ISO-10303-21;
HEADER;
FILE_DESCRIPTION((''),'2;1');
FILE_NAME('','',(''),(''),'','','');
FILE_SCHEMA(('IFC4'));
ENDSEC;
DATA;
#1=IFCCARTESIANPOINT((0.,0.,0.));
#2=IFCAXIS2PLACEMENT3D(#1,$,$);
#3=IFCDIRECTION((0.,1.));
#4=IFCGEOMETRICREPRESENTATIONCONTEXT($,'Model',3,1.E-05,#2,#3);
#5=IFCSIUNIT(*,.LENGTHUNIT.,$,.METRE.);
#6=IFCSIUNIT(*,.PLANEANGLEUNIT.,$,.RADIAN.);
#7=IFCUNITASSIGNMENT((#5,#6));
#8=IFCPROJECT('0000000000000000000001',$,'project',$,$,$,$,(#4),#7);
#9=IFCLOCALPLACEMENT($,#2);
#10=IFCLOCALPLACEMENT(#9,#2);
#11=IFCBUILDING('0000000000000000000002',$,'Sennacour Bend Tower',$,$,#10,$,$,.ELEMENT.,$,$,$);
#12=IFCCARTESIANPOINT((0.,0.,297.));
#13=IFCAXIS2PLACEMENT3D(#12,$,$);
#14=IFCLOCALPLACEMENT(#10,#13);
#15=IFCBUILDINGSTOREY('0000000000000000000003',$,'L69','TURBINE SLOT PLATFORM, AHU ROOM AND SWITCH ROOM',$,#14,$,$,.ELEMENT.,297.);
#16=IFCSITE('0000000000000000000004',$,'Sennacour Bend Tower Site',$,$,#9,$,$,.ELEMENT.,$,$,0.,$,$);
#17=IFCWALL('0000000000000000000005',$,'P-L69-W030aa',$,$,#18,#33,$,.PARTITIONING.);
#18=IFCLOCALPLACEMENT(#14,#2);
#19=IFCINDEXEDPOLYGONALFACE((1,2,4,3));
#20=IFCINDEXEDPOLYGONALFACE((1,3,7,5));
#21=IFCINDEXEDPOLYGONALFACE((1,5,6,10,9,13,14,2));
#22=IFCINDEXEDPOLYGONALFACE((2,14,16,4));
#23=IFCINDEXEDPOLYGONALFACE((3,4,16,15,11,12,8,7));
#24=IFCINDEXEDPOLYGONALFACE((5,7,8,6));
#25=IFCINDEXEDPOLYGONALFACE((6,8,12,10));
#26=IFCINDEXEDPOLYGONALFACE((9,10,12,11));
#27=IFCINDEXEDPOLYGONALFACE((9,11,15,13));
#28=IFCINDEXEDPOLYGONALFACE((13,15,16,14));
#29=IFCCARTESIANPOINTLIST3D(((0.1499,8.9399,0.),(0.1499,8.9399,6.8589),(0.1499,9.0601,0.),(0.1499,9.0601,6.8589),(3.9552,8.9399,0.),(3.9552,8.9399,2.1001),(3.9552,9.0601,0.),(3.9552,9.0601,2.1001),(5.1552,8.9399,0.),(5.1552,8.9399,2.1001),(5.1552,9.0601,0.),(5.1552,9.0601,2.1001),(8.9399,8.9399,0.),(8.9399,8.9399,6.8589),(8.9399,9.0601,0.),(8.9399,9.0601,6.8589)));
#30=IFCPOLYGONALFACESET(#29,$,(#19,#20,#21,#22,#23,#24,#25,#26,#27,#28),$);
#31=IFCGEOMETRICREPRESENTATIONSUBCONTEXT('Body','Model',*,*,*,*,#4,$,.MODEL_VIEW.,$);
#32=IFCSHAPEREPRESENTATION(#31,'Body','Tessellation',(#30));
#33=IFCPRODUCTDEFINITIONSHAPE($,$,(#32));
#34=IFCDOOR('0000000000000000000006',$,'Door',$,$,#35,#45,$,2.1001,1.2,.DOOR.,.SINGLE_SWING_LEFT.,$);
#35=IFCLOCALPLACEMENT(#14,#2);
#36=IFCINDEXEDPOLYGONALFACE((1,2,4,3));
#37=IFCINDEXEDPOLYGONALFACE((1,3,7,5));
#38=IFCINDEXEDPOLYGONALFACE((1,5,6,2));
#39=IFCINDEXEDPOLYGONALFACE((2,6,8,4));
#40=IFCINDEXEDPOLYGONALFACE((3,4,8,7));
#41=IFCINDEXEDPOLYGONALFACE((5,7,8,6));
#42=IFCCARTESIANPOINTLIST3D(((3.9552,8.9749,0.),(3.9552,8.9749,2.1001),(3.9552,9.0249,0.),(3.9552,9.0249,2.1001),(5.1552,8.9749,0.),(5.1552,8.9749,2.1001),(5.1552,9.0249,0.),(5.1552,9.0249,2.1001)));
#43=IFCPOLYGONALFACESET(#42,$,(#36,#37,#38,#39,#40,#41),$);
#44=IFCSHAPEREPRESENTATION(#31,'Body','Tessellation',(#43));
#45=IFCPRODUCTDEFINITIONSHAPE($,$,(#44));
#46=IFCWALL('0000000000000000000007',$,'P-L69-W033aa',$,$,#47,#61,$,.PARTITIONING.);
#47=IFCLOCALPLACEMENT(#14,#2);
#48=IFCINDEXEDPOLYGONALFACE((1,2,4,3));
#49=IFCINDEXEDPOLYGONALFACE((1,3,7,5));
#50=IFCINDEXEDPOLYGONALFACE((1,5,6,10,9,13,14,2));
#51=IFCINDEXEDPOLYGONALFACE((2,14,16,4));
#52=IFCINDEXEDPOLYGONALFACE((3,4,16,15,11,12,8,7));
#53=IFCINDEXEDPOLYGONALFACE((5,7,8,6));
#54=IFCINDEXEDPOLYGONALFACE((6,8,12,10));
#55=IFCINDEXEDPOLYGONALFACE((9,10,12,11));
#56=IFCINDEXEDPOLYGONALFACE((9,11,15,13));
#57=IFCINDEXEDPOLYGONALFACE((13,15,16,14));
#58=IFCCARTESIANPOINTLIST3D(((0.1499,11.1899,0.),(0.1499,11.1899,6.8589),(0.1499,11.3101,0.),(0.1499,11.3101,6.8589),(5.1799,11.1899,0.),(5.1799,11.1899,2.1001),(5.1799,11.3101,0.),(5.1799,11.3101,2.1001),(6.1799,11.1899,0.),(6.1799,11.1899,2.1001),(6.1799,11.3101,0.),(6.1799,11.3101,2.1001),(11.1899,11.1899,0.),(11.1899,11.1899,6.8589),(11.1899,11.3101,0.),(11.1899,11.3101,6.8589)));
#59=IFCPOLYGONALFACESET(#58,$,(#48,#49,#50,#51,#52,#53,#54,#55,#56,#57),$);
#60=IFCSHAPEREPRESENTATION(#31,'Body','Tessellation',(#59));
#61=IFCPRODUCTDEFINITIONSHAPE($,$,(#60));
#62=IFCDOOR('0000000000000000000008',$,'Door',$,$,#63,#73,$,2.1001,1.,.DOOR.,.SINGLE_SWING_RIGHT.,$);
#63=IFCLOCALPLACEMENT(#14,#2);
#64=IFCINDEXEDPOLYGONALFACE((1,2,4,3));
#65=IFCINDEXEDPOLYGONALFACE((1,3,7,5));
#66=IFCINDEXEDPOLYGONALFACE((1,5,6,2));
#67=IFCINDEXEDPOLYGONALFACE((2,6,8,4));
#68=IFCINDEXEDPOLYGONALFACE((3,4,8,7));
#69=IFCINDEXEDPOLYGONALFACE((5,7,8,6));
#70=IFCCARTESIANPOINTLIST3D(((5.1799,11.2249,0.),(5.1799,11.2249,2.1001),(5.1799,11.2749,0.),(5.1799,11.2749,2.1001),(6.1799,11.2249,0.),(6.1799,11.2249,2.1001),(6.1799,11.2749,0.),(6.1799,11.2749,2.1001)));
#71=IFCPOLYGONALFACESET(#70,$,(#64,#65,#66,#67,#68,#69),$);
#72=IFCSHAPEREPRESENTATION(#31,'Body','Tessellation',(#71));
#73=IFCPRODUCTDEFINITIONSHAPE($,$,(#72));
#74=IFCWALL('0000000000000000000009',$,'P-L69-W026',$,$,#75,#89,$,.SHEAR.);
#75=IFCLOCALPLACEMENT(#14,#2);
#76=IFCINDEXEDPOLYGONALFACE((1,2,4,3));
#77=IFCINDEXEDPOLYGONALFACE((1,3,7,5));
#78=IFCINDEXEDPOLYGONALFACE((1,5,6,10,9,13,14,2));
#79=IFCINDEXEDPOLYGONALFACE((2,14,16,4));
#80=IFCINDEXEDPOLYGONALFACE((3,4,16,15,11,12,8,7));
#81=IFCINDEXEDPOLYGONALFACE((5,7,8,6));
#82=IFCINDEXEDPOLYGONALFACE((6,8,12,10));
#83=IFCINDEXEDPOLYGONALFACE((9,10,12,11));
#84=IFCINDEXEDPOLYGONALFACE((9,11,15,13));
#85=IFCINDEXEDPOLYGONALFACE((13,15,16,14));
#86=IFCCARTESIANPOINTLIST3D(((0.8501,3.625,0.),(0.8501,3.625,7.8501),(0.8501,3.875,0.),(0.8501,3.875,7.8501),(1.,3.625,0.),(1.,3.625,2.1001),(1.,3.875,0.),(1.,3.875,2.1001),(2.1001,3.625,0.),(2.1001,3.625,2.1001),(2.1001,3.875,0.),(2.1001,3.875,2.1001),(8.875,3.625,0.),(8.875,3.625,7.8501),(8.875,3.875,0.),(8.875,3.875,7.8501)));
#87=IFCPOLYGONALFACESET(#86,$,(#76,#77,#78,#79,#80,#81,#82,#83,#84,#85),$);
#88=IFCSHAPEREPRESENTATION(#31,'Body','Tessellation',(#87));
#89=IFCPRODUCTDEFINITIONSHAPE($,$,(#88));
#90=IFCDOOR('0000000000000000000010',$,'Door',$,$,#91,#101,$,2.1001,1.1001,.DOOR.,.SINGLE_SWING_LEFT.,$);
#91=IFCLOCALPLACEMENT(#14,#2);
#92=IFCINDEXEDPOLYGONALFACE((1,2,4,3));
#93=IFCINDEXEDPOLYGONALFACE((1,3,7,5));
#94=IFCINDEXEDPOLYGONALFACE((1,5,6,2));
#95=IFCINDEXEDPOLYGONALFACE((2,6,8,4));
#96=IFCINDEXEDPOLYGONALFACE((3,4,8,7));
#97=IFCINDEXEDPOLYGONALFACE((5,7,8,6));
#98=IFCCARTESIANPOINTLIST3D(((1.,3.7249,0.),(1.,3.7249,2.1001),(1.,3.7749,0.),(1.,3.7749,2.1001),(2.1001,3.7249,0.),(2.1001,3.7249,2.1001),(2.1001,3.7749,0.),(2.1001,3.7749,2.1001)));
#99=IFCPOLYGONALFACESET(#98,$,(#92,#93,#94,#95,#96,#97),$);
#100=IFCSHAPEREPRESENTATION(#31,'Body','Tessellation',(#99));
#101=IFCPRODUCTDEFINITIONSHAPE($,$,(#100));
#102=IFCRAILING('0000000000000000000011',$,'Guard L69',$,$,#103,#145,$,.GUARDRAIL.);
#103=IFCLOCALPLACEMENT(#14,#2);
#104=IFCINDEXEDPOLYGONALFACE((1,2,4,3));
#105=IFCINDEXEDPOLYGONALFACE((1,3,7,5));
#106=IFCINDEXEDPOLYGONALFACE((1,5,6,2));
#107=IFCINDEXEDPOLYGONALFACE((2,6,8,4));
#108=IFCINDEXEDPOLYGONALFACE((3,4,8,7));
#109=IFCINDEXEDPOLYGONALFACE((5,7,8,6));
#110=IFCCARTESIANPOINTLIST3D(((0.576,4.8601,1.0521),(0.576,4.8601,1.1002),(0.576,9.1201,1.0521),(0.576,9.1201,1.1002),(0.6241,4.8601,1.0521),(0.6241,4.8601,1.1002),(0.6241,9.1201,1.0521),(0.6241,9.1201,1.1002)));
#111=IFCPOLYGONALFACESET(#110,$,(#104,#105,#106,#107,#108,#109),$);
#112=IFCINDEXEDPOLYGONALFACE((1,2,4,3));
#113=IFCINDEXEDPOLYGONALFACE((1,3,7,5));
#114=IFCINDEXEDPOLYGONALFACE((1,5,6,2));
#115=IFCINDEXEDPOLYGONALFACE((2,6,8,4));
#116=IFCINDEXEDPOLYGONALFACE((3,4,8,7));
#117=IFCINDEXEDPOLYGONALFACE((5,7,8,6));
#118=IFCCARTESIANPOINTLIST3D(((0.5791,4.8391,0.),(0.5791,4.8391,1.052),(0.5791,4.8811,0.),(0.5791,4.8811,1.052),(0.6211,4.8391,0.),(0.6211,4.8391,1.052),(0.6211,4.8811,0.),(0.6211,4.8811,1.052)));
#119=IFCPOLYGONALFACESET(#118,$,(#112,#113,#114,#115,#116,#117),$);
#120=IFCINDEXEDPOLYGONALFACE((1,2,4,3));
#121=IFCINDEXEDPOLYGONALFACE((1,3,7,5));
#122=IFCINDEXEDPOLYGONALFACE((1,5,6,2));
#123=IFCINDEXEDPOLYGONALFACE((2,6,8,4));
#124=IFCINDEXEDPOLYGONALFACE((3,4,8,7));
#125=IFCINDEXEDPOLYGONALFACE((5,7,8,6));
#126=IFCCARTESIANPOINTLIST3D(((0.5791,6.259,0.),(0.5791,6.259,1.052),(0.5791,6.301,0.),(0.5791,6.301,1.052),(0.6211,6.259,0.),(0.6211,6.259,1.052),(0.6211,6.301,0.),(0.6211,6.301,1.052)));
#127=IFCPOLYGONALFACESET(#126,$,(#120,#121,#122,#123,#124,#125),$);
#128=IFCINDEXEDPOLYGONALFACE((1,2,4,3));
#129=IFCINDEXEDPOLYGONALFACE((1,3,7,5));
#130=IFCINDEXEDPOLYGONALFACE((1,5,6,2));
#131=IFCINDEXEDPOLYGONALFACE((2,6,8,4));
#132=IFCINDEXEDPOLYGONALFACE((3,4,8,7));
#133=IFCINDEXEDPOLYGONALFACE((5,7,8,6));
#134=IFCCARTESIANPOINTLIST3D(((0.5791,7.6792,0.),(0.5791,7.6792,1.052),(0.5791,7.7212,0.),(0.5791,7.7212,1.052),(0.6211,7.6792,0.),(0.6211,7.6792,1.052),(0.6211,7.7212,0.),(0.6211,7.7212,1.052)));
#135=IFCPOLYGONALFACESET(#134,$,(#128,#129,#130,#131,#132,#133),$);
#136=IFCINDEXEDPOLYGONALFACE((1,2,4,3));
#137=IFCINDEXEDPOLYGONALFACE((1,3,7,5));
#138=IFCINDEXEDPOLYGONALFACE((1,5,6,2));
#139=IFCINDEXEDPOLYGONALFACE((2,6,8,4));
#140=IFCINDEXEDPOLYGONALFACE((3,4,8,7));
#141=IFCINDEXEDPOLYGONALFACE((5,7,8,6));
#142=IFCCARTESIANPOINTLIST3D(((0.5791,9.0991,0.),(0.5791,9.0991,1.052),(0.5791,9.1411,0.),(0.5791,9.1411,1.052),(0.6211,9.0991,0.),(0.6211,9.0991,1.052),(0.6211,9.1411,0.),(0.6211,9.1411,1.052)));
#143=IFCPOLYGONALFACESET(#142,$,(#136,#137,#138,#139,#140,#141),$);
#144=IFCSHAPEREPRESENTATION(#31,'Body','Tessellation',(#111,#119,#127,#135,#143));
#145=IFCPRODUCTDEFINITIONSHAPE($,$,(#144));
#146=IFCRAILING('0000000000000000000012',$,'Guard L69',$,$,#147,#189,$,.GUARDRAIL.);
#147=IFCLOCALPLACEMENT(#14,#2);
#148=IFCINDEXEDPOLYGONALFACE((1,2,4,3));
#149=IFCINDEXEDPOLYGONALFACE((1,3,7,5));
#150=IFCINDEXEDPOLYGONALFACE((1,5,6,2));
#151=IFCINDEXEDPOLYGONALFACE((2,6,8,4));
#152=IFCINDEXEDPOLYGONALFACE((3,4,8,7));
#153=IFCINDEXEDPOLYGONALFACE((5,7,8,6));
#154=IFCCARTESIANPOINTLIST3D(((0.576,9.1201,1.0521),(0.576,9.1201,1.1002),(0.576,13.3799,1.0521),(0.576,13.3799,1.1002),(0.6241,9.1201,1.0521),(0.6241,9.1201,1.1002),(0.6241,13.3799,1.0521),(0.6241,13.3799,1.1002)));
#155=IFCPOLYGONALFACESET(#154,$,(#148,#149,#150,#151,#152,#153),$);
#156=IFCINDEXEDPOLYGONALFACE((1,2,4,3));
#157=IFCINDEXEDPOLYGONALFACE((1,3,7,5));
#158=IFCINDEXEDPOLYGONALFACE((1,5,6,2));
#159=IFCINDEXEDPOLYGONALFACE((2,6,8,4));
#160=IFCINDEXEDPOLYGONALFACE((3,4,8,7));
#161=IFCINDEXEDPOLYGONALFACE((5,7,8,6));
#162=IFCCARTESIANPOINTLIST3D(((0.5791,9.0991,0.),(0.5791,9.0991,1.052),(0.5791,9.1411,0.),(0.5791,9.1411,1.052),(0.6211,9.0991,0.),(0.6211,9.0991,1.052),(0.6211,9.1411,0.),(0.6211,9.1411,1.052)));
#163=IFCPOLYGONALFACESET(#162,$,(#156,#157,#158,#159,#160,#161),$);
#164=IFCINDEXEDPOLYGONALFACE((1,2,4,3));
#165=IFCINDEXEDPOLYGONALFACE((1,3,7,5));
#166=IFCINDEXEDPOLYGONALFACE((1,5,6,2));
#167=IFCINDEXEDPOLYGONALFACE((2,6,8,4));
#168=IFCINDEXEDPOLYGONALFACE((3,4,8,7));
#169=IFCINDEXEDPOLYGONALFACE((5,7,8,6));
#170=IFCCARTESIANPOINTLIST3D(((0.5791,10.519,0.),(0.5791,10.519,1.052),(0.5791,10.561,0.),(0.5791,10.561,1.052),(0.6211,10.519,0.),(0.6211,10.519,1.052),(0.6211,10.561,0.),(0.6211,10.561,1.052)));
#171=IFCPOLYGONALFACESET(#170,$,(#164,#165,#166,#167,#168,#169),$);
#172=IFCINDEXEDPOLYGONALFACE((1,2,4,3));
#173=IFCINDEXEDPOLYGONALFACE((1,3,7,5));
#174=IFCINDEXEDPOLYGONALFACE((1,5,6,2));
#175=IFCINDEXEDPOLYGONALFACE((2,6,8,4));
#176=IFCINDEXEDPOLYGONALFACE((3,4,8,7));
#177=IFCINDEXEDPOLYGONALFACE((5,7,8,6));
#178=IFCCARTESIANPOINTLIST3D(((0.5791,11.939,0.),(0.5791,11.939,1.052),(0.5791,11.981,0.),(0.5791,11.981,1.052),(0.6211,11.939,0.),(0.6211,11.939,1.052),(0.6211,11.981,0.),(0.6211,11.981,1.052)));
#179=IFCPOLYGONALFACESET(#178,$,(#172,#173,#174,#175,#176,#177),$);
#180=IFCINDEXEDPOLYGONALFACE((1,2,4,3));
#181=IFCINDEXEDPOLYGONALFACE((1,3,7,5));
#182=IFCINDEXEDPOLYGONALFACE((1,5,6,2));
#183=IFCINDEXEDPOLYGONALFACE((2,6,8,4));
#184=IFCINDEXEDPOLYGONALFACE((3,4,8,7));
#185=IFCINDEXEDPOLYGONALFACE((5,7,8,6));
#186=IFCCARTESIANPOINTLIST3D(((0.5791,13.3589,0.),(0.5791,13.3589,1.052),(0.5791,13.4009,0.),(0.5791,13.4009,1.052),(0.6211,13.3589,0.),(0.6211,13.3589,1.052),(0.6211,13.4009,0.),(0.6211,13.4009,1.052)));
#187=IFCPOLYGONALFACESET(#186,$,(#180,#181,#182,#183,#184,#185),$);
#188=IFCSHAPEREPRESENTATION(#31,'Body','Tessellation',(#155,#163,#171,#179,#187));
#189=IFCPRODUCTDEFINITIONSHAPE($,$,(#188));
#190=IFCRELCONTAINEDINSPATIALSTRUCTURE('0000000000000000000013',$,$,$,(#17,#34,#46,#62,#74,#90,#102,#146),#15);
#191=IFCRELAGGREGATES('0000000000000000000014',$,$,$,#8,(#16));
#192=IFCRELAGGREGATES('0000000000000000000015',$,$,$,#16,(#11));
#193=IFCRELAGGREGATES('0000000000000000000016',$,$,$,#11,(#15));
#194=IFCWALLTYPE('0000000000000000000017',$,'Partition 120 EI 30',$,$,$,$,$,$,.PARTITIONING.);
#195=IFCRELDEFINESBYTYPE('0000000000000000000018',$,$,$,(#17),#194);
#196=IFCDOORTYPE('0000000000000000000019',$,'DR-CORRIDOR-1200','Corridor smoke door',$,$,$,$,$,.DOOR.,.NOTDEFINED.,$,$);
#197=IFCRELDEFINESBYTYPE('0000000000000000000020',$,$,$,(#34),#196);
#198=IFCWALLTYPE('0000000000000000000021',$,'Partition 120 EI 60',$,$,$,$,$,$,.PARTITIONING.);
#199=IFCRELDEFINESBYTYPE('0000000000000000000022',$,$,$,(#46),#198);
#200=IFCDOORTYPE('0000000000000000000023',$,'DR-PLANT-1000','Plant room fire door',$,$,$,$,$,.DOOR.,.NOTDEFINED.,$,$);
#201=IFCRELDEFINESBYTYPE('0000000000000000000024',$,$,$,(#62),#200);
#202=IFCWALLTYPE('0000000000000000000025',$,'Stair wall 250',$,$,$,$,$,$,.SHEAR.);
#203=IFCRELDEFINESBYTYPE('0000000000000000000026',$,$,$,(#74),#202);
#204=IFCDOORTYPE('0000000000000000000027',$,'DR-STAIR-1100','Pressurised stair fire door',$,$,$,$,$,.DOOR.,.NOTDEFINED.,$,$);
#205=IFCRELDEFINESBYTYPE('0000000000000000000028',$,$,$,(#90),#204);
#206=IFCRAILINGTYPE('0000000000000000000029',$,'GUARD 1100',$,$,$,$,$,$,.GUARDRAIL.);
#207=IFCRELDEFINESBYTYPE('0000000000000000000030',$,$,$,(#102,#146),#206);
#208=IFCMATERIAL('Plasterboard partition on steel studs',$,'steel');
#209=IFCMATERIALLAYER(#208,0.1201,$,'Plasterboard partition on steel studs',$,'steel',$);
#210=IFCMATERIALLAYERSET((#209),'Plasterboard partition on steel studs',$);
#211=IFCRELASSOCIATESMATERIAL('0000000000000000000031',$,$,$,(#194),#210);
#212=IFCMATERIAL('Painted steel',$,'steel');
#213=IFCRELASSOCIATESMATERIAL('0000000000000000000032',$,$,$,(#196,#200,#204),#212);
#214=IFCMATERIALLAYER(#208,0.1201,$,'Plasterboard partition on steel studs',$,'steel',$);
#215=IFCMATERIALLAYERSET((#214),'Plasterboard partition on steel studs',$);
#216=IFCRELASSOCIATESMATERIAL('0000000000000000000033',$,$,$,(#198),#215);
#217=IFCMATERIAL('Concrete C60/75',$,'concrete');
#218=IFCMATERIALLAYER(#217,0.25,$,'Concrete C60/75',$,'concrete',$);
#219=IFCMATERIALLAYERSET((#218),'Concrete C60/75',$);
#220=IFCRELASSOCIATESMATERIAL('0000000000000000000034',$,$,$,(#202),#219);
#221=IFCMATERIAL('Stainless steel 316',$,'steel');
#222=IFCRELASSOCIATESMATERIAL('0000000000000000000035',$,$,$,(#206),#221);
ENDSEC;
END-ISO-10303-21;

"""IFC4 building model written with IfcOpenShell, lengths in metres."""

from ifc_helpers import new_model, si_unit, direction, frame, frame_2d, origin, origin_2d, place, context, subcontext, project, spatial, rectangle, extrude, material, layer, layer_set, type_object, element, fill, save


model = new_model("IFC4")

# Units and contexts
model_context = context("Model", 3, precision=1e-05, world=origin(), true_north=direction((0.0, 1.0)))
body_context = subcontext(model_context, "Body", "Model", "MODEL_VIEW")
ifc_project = project(units=[si_unit("LENGTHUNIT", "METRE"), si_unit("PLANEANGLEUNIT", "RADIAN")], contexts=[model_context])

# Site, building, storey
site_placement = place(None, origin())
site = spatial("IfcSite", under=ifc_project, at=site_placement, Name="Sennacour Bend Tower Site", CompositionType="ELEMENT", RefElevation=0.0)
building_placement = place(site_placement, origin())
building = spatial("IfcBuilding", under=site, at=building_placement, Name="Sennacour Bend Tower", CompositionType="ELEMENT")
storey_placement = place(building_placement, frame((0.0, 0.0, 297.0)))
storey = spatial("IfcBuildingStorey", under=building, at=storey_placement, Name="L69", Description="TURBINE SLOT PLATFORM, AHU ROOM AND SWITCH ROOM", CompositionType="ELEMENT", Elevation=297.0)

# Shared definitions
ifc_material_1 = material(Name="Plasterboard partition on steel studs", Category="steel")

# Walls, openings, doors
ifc_layer_1 = layer(ifc_material_1, 0.1201, Name="Plasterboard partition on steel studs", Category="steel")
ifc_layer_set_1 = layer_set([ifc_layer_1], Name="Plasterboard partition on steel studs")
wall_type_1 = type_object("IfcWallType", Name="Partition 120 EI 30", PredefinedType="PARTITIONING", material=ifc_layer_set_1)
wall_1_placement = place(storey_placement, frame((0.1499, 9.0, 0.0), z_axis=(0.0, 0.0, 1.0), x_axis=(1.0, 0.0, 0.0)))
wall_1 = element("IfcWall", 1, at=wall_1_placement, inside=storey, type_object=wall_type_1, Name="P-L69-W030aa", PredefinedType="PARTITIONING", context=body_context, shape_type="SweptSolid", body=[
    extrude(rectangle(XDim=8.79, YDim=0.1201, at=frame_2d((4.395, 0.0))), origin(), (0.0, 0.0, 1.0), 6.8589),
])
opening_1_placement = place(wall_1_placement, frame((3.8052, 0.0, 0.0)))
opening_1 = element("IfcOpeningElement", 2, at=opening_1_placement, cuts=wall_1, PredefinedType="OPENING", context=body_context, shape_type="SweptSolid", body=[
    extrude(rectangle(XDim=1.2, YDim=2.1001, at=frame_2d((0.6001, 1.05))), frame((0.0, 0.0701, 0.0), z_axis=(0.0, -1.0, 0.0), x_axis=(1.0, 0.0, 0.0)), (0.0, 0.0, 1.0), 0.1401),
])
ifc_material_2 = material(Name="Painted steel", Category="steel")
door_type_1 = type_object("IfcDoorType", Name="DR-CORRIDOR-1200", Description="Corridor smoke door", OperationType="NOTDEFINED", PredefinedType="DOOR", material=ifc_material_2)
door_1_placement = place(opening_1_placement, origin())
door_1 = element("IfcDoor", 3, at=door_1_placement, inside=storey, type_object=door_type_1, Name="Door", OperationType="SINGLE_SWING_LEFT", OverallHeight=2.1001, OverallWidth=1.2, PredefinedType="DOOR", context=body_context, shape_type="SweptSolid", body=[
    extrude(rectangle(XDim=1.2, YDim=2.1001, at=frame_2d((0.6001, 1.05))), frame((0.0, 0.0249, 0.0), z_axis=(0.0, -1.0, 0.0), x_axis=(1.0, 0.0, 0.0)), (0.0, 0.0, 1.0), 0.05),
])
fill(opening_1, door_1)
ifc_layer_2 = layer(ifc_material_1, 0.1201, Name="Plasterboard partition on steel studs", Category="steel")
ifc_layer_set_2 = layer_set([ifc_layer_2], Name="Plasterboard partition on steel studs")
wall_type_2 = type_object("IfcWallType", Name="Partition 120 EI 60", PredefinedType="PARTITIONING", material=ifc_layer_set_2)
wall_2_placement = place(storey_placement, frame((0.1499, 11.25, 0.0), z_axis=(0.0, 0.0, 1.0), x_axis=(1.0, 0.0, 0.0)))
wall_2 = element("IfcWall", 4, at=wall_2_placement, inside=storey, type_object=wall_type_2, Name="P-L69-W033aa", PredefinedType="PARTITIONING", context=body_context, shape_type="SweptSolid", body=[
    extrude(rectangle(XDim=11.04, YDim=0.1201, at=frame_2d((5.52, 0.0))), origin(), (0.0, 0.0, 1.0), 6.8589),
])
opening_2_placement = place(wall_2_placement, frame((5.03, 0.0, 0.0)))
opening_2 = element("IfcOpeningElement", 5, at=opening_2_placement, cuts=wall_2, PredefinedType="OPENING", context=body_context, shape_type="SweptSolid", body=[
    extrude(rectangle(XDim=1.0, YDim=2.1001, at=frame_2d((0.5, 1.05))), frame((0.0, 0.0701, 0.0), z_axis=(0.0, -1.0, 0.0), x_axis=(1.0, 0.0, 0.0)), (0.0, 0.0, 1.0), 0.1401),
])
door_type_2 = type_object("IfcDoorType", Name="DR-PLANT-1000", Description="Plant room fire door", OperationType="NOTDEFINED", PredefinedType="DOOR", material=ifc_material_2)
door_2_placement = place(opening_2_placement, origin())
door_2 = element("IfcDoor", 6, at=door_2_placement, inside=storey, type_object=door_type_2, Name="Door", OperationType="SINGLE_SWING_RIGHT", OverallHeight=2.1001, OverallWidth=1.0, PredefinedType="DOOR", context=body_context, shape_type="SweptSolid", body=[
    extrude(rectangle(XDim=1.0, YDim=2.1001, at=frame_2d((0.5, 1.05))), frame((0.0, 0.0249, 0.0), z_axis=(0.0, -1.0, 0.0), x_axis=(1.0, 0.0, 0.0)), (0.0, 0.0, 1.0), 0.05),
])
fill(opening_2, door_2)
ifc_material_3 = material(Name="Concrete C60/75", Category="concrete")
ifc_layer_3 = layer(ifc_material_3, 0.25, Name="Concrete C60/75", Category="concrete")
ifc_layer_set_3 = layer_set([ifc_layer_3], Name="Concrete C60/75")
wall_type_3 = type_object("IfcWallType", Name="Stair wall 250", PredefinedType="SHEAR", material=ifc_layer_set_3)
wall_3_placement = place(storey_placement, frame((0.8501, 3.75, 0.0), z_axis=(0.0, 0.0, 1.0), x_axis=(1.0, 0.0, 0.0)))
wall_3 = element("IfcWall", 7, at=wall_3_placement, inside=storey, type_object=wall_type_3, Name="P-L69-W026", PredefinedType="SHEAR", context=body_context, shape_type="SweptSolid", body=[
    extrude(rectangle(XDim=8.0249, YDim=0.25, at=frame_2d((4.0125, 0.0))), origin(), (0.0, 0.0, 1.0), 7.8501),
])
opening_3_placement = place(wall_3_placement, frame((0.1499, 0.0, 0.0)))
opening_3 = element("IfcOpeningElement", 8, at=opening_3_placement, cuts=wall_3, PredefinedType="OPENING", context=body_context, shape_type="SweptSolid", body=[
    extrude(rectangle(XDim=1.1001, YDim=2.1001, at=frame_2d((0.55, 1.05))), frame((0.0, 0.135, 0.0), z_axis=(0.0, -1.0, 0.0), x_axis=(1.0, 0.0, 0.0)), (0.0, 0.0, 1.0), 0.27),
])
door_type_3 = type_object("IfcDoorType", Name="DR-STAIR-1100", Description="Pressurised stair fire door", OperationType="NOTDEFINED", PredefinedType="DOOR", material=ifc_material_2)
door_3_placement = place(opening_3_placement, origin())
door_3 = element("IfcDoor", 9, at=door_3_placement, inside=storey, type_object=door_type_3, Name="Door", OperationType="SINGLE_SWING_LEFT", OverallHeight=2.1001, OverallWidth=1.1001, PredefinedType="DOOR", context=body_context, shape_type="SweptSolid", body=[
    extrude(rectangle(XDim=1.1001, YDim=2.1001, at=frame_2d((0.55, 1.05))), frame((0.0, 0.0249, 0.0), z_axis=(0.0, -1.0, 0.0), x_axis=(1.0, 0.0, 0.0)), (0.0, 0.0, 1.0), 0.05),
])
fill(opening_3, door_3)

# Railings
ifc_material_4 = material(Name="Stainless steel 316", Category="steel")
railing_type_1 = type_object("IfcRailingType", Name="GUARD 1100", PredefinedType="GUARDRAIL", material=ifc_material_4)
railing_1_placement = place(storey_placement, frame((0.6001, 4.8601, 0.0)))
element("IfcRailing", 10, at=railing_1_placement, inside=storey, type_object=railing_type_1, Name="Guard L69", PredefinedType="GUARDRAIL", context=body_context, shape_type="SweptSolid", body=[
    extrude(rectangle(XDim=0.0481, YDim=0.0481, at=origin_2d()), frame((0.0, 0.0, 1.0762), z_axis=(0.0, 1.0, 0.0), x_axis=(-1.0, 0.0, 0.0)), (0.0, 0.0, 1.0), 4.26),
    extrude(rectangle(XDim=0.042, YDim=0.042, at=origin_2d()), origin(), (0.0, 0.0, 1.0), 1.052),
    extrude(rectangle(XDim=0.042, YDim=0.042, at=origin_2d()), frame((0.0, 1.4199, 0.0)), (0.0, 0.0, 1.0), 1.052),
    extrude(rectangle(XDim=0.042, YDim=0.042, at=origin_2d()), frame((0.0, 2.8401, 0.0)), (0.0, 0.0, 1.0), 1.052),
    extrude(rectangle(XDim=0.042, YDim=0.042, at=origin_2d()), frame((0.0, 4.26, 0.0)), (0.0, 0.0, 1.0), 1.052),
])
railing_2_placement = place(storey_placement, frame((0.6001, 9.1201, 0.0)))
element("IfcRailing", 11, at=railing_2_placement, inside=storey, type_object=railing_type_1, Name="Guard L69", PredefinedType="GUARDRAIL", context=body_context, shape_type="SweptSolid", body=[
    extrude(rectangle(XDim=0.0481, YDim=0.0481, at=origin_2d()), frame((0.0, 0.0, 1.0762), z_axis=(0.0, 1.0, 0.0), x_axis=(-1.0, 0.0, 0.0)), (0.0, 0.0, 1.0), 4.2598),
    extrude(rectangle(XDim=0.042, YDim=0.042, at=origin_2d()), origin(), (0.0, 0.0, 1.0), 1.052),
    extrude(rectangle(XDim=0.042, YDim=0.042, at=origin_2d()), frame((0.0, 1.4199, 0.0)), (0.0, 0.0, 1.0), 1.052),
    extrude(rectangle(XDim=0.042, YDim=0.042, at=origin_2d()), frame((0.0, 2.8398, 0.0)), (0.0, 0.0, 1.0), 1.052),
    extrude(rectangle(XDim=0.042, YDim=0.042, at=origin_2d()), frame((0.0, 4.2598, 0.0)), (0.0, 0.0, 1.0), 1.052),
])

save(model, "model.ifc")
